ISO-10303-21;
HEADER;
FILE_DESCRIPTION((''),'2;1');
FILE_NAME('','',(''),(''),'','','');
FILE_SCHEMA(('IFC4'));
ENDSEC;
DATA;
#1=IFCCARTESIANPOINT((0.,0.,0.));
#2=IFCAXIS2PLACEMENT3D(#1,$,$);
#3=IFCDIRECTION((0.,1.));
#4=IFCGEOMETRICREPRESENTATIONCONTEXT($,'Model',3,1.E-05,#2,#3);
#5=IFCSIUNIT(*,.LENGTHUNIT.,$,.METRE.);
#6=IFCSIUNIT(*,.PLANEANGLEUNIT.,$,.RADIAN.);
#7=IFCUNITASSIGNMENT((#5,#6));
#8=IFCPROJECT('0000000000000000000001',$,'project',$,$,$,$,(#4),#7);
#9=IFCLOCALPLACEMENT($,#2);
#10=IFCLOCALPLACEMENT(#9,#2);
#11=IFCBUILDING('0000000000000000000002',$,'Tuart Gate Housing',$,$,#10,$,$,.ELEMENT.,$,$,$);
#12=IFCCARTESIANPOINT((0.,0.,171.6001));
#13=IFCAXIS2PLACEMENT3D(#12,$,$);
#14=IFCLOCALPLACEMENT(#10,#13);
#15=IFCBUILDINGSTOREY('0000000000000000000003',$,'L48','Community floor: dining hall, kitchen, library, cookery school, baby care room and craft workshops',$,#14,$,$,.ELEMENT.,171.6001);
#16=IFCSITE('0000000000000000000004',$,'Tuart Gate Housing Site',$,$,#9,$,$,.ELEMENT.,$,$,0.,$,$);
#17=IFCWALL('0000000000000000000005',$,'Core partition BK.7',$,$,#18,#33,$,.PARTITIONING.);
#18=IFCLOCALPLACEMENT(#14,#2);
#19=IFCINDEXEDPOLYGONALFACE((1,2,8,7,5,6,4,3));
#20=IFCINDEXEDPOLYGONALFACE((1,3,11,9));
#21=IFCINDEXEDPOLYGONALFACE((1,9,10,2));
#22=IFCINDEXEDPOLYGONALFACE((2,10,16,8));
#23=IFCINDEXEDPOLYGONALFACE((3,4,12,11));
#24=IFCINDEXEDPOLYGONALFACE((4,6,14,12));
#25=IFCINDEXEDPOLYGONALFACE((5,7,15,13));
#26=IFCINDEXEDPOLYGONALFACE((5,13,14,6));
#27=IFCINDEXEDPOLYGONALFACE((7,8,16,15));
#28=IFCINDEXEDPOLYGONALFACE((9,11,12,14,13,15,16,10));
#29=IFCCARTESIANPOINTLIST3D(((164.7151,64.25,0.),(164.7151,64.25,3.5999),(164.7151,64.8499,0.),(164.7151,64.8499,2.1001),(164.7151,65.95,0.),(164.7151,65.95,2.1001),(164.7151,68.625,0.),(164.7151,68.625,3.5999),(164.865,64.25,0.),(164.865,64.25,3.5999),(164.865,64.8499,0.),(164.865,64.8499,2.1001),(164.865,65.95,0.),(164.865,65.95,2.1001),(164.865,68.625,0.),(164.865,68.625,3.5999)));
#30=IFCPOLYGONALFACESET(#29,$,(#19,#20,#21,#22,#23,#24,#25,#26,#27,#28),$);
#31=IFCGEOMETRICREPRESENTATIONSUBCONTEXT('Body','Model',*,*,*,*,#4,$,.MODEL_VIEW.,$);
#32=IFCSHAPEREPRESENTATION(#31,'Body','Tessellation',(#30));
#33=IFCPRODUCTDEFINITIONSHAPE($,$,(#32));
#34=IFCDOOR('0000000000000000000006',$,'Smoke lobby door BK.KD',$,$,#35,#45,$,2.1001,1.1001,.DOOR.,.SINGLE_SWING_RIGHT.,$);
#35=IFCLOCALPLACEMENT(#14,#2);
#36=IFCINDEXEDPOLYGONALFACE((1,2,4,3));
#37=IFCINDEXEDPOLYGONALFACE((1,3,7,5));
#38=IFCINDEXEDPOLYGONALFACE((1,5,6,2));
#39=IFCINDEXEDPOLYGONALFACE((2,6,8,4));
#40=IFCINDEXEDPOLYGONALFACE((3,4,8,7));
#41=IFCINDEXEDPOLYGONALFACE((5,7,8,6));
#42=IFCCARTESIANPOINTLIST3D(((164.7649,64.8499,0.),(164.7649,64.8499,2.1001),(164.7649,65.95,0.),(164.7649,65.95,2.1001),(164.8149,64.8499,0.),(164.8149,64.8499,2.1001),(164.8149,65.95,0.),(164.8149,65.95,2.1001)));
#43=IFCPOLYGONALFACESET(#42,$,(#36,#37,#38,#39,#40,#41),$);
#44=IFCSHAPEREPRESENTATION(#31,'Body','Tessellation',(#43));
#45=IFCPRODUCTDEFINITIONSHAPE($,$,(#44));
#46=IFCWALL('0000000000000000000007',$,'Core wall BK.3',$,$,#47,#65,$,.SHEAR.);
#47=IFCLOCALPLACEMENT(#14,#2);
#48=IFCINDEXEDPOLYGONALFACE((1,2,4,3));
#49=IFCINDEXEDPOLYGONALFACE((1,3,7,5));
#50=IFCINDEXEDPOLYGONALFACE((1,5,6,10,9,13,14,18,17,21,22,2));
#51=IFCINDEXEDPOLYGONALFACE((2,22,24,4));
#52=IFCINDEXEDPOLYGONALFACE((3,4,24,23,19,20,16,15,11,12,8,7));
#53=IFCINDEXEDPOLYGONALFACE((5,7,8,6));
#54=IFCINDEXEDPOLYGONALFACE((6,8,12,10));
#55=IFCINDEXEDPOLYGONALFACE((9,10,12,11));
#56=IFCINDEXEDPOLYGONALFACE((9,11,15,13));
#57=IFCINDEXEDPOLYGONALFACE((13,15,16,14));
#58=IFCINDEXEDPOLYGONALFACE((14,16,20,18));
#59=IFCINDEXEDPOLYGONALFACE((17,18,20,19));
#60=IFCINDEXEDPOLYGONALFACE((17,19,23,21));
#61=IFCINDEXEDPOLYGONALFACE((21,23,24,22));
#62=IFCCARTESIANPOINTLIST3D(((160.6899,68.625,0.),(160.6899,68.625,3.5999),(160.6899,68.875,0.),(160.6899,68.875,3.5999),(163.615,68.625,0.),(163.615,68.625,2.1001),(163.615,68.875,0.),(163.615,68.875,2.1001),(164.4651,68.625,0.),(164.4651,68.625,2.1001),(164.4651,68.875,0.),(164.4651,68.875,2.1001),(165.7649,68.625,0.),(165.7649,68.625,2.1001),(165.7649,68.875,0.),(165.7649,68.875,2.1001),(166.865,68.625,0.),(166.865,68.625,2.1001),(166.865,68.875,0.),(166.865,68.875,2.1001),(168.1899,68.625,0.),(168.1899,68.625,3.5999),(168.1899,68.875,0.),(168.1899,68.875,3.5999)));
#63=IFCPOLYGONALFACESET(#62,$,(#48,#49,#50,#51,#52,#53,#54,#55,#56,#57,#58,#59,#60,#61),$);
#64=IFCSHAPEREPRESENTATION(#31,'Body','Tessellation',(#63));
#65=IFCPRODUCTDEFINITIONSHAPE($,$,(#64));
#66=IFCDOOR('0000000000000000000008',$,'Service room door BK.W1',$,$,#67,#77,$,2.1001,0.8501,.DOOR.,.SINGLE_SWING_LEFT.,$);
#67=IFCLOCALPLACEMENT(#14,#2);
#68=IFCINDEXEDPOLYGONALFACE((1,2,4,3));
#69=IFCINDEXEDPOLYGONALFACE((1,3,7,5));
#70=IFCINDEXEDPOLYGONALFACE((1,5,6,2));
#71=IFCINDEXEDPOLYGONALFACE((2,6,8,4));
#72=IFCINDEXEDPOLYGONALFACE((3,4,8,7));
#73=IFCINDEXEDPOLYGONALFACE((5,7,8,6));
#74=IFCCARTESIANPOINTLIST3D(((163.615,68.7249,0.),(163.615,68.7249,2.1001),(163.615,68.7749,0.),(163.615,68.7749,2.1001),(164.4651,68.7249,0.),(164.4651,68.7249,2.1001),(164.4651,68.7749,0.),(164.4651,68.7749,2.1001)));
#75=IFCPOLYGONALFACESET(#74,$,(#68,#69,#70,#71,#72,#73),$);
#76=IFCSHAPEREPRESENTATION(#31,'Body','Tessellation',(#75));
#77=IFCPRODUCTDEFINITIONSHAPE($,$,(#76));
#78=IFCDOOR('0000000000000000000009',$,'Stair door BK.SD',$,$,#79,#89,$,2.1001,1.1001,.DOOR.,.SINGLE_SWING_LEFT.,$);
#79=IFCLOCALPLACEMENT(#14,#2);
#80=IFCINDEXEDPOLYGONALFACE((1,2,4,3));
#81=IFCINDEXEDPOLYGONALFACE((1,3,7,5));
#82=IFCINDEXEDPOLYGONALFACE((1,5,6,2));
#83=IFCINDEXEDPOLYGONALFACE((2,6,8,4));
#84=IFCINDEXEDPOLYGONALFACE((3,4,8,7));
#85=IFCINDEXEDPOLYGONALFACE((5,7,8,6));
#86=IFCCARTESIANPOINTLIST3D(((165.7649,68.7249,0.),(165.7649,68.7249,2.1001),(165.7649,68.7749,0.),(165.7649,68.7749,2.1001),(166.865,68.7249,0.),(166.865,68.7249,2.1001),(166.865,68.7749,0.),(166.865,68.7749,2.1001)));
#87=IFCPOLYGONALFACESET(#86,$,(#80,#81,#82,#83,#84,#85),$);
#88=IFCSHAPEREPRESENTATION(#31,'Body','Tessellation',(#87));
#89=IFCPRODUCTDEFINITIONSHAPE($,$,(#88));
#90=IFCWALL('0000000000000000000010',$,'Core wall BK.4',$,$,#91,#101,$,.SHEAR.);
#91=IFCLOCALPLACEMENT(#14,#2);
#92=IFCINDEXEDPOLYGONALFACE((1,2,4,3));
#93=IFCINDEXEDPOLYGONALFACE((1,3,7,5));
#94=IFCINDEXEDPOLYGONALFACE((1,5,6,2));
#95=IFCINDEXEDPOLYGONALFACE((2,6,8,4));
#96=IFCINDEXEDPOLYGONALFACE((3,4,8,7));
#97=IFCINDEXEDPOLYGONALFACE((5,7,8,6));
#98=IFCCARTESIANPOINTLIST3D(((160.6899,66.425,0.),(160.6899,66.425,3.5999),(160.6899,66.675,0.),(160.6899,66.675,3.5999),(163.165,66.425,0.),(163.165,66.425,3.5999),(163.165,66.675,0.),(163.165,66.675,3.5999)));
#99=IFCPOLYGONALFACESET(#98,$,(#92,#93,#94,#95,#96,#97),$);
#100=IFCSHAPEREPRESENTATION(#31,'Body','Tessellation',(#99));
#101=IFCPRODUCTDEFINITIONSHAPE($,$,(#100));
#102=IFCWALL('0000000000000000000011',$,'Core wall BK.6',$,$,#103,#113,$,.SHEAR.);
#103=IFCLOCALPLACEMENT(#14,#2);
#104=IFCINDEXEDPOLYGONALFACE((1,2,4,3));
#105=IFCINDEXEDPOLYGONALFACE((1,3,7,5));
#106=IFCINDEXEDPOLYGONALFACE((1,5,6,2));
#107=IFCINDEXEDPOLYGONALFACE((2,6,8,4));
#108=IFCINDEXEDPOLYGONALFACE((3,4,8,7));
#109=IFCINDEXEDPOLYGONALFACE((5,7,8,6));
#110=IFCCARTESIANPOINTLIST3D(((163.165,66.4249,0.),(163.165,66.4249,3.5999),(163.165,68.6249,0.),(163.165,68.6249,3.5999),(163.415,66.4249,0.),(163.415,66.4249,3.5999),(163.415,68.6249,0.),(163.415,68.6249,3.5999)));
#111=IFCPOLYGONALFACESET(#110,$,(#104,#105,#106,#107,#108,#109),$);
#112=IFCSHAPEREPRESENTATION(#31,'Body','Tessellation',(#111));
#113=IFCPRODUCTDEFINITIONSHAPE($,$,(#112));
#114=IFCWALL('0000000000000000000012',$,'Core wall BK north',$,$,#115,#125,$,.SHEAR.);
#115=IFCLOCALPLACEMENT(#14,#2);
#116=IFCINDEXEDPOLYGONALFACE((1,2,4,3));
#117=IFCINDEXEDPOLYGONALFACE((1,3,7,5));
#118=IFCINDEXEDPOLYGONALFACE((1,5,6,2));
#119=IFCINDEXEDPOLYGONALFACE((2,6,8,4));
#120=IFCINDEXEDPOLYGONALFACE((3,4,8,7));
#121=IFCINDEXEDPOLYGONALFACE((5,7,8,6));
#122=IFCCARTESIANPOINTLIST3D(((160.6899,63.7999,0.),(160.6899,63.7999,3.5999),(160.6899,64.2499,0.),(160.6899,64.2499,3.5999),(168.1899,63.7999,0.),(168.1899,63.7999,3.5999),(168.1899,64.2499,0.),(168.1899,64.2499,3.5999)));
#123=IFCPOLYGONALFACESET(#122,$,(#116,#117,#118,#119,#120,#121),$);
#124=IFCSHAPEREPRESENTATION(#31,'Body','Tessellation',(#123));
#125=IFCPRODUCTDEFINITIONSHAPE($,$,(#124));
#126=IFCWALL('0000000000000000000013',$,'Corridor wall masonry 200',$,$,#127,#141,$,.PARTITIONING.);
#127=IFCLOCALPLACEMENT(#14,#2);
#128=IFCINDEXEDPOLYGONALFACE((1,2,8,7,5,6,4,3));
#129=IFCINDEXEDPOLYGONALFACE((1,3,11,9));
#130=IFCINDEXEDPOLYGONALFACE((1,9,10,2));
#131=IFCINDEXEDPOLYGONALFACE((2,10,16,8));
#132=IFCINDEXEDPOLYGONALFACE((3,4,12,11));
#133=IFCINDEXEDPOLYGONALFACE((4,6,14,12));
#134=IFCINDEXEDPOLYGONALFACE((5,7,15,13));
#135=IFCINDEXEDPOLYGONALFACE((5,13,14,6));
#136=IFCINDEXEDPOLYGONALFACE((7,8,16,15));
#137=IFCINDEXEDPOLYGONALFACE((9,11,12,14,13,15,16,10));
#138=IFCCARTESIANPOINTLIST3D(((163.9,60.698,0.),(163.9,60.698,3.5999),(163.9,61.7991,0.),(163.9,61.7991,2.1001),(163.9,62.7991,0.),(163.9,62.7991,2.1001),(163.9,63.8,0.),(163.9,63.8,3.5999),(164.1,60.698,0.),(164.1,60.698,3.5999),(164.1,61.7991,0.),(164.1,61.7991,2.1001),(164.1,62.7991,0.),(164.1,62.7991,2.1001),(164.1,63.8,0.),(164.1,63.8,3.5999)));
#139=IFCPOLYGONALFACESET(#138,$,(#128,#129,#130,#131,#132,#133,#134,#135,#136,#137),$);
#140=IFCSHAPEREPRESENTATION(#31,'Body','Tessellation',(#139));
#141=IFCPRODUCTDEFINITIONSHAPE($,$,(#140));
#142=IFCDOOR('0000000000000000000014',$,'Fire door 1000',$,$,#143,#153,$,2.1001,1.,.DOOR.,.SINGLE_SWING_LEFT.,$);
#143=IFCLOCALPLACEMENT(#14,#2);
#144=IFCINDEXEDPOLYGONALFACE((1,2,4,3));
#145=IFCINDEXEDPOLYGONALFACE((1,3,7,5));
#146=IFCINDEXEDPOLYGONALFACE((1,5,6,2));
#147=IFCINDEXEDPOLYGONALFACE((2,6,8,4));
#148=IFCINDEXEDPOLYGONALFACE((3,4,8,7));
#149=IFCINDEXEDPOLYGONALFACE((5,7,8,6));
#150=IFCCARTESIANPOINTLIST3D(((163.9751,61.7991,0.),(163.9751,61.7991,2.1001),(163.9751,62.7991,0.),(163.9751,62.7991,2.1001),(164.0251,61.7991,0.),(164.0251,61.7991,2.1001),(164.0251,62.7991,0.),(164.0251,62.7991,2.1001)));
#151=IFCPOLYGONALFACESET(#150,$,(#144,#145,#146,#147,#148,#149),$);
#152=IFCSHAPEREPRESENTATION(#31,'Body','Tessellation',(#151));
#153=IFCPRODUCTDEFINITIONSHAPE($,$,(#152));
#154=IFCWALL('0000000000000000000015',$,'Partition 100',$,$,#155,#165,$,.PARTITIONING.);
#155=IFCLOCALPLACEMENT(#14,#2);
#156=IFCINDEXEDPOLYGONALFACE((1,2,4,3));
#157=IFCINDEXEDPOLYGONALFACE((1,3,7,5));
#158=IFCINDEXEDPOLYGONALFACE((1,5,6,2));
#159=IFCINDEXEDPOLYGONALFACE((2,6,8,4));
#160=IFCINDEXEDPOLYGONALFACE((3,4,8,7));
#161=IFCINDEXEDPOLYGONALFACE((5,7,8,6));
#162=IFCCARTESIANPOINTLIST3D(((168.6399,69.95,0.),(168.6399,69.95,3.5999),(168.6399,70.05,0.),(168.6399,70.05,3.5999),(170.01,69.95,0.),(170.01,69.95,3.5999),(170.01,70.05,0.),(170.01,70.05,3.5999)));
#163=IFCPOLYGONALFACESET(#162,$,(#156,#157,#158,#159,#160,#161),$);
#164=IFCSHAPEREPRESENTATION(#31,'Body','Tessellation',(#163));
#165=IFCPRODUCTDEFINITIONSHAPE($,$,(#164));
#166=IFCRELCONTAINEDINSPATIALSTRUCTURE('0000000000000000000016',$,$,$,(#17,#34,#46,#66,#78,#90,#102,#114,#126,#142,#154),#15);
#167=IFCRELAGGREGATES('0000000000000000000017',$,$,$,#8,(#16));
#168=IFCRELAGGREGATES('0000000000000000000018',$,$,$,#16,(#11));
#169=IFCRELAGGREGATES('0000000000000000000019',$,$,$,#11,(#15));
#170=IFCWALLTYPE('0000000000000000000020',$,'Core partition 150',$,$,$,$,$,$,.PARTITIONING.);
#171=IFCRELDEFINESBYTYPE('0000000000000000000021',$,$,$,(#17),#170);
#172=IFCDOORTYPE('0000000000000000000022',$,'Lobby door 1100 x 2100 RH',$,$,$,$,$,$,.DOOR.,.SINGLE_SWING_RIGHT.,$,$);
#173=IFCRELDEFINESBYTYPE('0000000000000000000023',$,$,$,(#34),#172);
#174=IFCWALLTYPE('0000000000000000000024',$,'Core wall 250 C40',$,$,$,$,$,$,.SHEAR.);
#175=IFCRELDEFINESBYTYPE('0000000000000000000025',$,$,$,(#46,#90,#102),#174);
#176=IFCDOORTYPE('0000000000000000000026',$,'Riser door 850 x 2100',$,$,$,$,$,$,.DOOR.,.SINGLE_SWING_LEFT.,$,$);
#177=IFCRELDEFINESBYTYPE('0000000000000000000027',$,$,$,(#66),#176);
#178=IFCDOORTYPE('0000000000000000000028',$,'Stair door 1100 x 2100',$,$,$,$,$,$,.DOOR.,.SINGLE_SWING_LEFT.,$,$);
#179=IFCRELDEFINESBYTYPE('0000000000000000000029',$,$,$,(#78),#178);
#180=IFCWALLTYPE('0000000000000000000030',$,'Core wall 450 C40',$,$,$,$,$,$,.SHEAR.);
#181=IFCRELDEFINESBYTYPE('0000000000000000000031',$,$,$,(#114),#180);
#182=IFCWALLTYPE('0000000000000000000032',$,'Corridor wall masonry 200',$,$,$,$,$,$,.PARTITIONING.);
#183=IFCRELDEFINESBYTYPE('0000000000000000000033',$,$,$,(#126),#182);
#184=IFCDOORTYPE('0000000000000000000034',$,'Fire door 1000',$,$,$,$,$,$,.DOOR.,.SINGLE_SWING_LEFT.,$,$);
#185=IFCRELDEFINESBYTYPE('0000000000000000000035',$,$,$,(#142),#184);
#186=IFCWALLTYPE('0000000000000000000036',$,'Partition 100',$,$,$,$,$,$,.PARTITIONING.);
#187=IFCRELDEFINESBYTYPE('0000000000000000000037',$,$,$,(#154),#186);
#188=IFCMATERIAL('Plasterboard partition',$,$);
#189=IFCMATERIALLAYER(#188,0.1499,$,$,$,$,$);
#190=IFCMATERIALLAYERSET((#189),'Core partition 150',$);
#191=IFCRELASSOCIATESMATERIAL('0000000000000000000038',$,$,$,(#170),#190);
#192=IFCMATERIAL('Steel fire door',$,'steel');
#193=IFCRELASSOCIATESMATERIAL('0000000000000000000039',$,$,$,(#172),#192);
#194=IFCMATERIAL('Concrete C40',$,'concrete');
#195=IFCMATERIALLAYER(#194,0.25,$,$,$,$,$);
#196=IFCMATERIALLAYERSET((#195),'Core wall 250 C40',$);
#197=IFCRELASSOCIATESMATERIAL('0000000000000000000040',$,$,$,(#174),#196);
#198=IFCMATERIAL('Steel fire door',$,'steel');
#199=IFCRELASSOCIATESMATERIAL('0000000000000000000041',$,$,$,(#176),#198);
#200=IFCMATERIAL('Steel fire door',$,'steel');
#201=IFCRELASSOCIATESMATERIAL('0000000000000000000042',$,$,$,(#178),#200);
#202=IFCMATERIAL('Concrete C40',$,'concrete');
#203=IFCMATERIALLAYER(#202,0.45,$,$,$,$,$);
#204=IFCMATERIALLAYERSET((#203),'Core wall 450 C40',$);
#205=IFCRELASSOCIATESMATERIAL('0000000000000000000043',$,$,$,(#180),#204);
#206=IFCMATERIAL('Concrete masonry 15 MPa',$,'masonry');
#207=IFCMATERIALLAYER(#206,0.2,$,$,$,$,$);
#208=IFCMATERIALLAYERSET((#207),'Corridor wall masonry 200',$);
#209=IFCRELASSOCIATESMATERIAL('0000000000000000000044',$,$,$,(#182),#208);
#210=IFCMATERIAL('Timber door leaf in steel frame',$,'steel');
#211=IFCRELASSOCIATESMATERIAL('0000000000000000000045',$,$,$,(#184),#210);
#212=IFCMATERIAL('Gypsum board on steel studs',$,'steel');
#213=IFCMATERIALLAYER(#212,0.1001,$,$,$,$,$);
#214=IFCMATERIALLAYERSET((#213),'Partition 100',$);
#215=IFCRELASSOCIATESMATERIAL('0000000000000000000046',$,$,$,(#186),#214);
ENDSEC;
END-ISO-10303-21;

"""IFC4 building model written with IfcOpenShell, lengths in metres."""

from ifc_helpers import new_model, si_unit, direction, frame, frame_2d, origin, place, context, subcontext, project, spatial, rectangle, extrude, material, layer, layer_set, type_object, element, fill, save


model = new_model("IFC4")

# Units and contexts
model_context = context("Model", 3, precision=1e-05, world=origin(), true_north=direction((0.0, 1.0)))
body_context = subcontext(model_context, "Body", "Model", "MODEL_VIEW")
ifc_project = project(units=[si_unit("LENGTHUNIT", "METRE"), si_unit("PLANEANGLEUNIT", "RADIAN")], contexts=[model_context])

# Site, building, storey
site_placement = place(None, origin())
site = spatial("IfcSite", under=ifc_project, at=site_placement, Name="Tuart Gate Housing Site", CompositionType="ELEMENT", RefElevation=0.0)
building_placement = place(site_placement, origin())
building = spatial("IfcBuilding", under=site, at=building_placement, Name="Tuart Gate Housing", CompositionType="ELEMENT")
storey_placement = place(building_placement, frame((0.0, 0.0, 171.6001)))
storey = spatial("IfcBuildingStorey", under=building, at=storey_placement, Name="L48", Description="Community floor: dining hall, kitchen, library, cookery school, baby care room and craft workshops", CompositionType="ELEMENT", Elevation=171.6001)

# Wall, opening, door
ifc_material_1 = material(Name="Plasterboard partition")
ifc_layer_1 = layer(ifc_material_1, 0.1499)
ifc_layer_set_1 = layer_set([ifc_layer_1], Name="Core partition 150")
wall_type_1 = type_object("IfcWallType", Name="Core partition 150", PredefinedType="PARTITIONING", material=ifc_layer_set_1)
wall_1_placement = place(storey_placement, frame((164.79, 68.625, 0.0), z_axis=(0.0, 0.0, 1.0), x_axis=(0.0, -1.0, 0.0)))
wall_1 = element("IfcWall", 1, at=wall_1_placement, inside=storey, type_object=wall_type_1, Name="Core partition BK.7", PredefinedType="PARTITIONING", context=body_context, shape_type="SweptSolid", body=[
    extrude(rectangle(XDim=4.375, YDim=0.1499, at=frame_2d((2.1875, 0.0))), origin(), (0.0, 0.0, 1.0), 3.5999),
])
opening_1_placement = place(wall_1_placement, frame((2.675, 0.0, 0.0)))
opening_1 = element("IfcOpeningElement", 2, at=opening_1_placement, cuts=wall_1, PredefinedType="OPENING", context=body_context, shape_type="SweptSolid", body=[
    extrude(rectangle(XDim=1.1001, YDim=2.1001, at=frame_2d((0.55, 1.05))), frame((0.0, 0.085, 0.0), z_axis=(0.0, -1.0, 0.0), x_axis=(1.0, 0.0, 0.0)), (0.0, 0.0, 1.0), 0.1699),
])
ifc_material_2 = material(Name="Steel fire door", Category="steel")
door_type_1 = type_object("IfcDoorType", Name="Lobby door 1100 x 2100 RH", OperationType="SINGLE_SWING_RIGHT", PredefinedType="DOOR", material=ifc_material_2)
door_1_placement = place(opening_1_placement, origin())
door_1 = element("IfcDoor", 3, at=door_1_placement, inside=storey, type_object=door_type_1, Name="Smoke lobby door BK.KD", OperationType="SINGLE_SWING_RIGHT", OverallHeight=2.1001, OverallWidth=1.1001, PredefinedType="DOOR", context=body_context, shape_type="SweptSolid", body=[
    extrude(rectangle(XDim=1.1001, YDim=2.1001, at=frame_2d((0.55, 1.05))), frame((0.0, 0.0249, 0.0), z_axis=(0.0, -1.0, 0.0), x_axis=(1.0, 0.0, 0.0)), (0.0, 0.0, 1.0), 0.05),
])
fill(opening_1, door_1)

# Wall, openings, doors
ifc_material_3 = material(Name="Concrete C40", Category="concrete")
ifc_layer_2 = layer(ifc_material_3, 0.25)
ifc_layer_set_2 = layer_set([ifc_layer_2], Name="Core wall 250 C40")
wall_type_2 = type_object("IfcWallType", Name="Core wall 250 C40", PredefinedType="SHEAR", material=ifc_layer_set_2)
wall_2_placement = place(storey_placement, frame((160.6899, 68.75, 0.0), z_axis=(0.0, 0.0, 1.0), x_axis=(1.0, 0.0, 0.0)))
wall_2 = element("IfcWall", 4, at=wall_2_placement, inside=storey, type_object=wall_type_2, Name="Core wall BK.3", PredefinedType="SHEAR", context=body_context, shape_type="SweptSolid", body=[
    extrude(rectangle(XDim=7.5, YDim=0.25, at=frame_2d((3.75, 0.0))), origin(), (0.0, 0.0, 1.0), 3.5999),
])
opening_2_placement = place(wall_2_placement, frame((5.075, 0.0, 0.0)))
opening_2 = element("IfcOpeningElement", 5, at=opening_2_placement, cuts=wall_2, PredefinedType="OPENING", context=body_context, shape_type="SweptSolid", body=[
    extrude(rectangle(XDim=1.1001, YDim=2.1001, at=frame_2d((0.55, 1.05))), frame((0.0, 0.135, 0.0), z_axis=(0.0, -1.0, 0.0), x_axis=(1.0, 0.0, 0.0)), (0.0, 0.0, 1.0), 0.27),
])
opening_3_placement = place(wall_2_placement, frame((2.925, 0.0, 0.0)))
opening_3 = element("IfcOpeningElement", 6, at=opening_3_placement, cuts=wall_2, PredefinedType="OPENING", context=body_context, shape_type="SweptSolid", body=[
    extrude(rectangle(XDim=0.8501, YDim=2.1001, at=frame_2d((0.425, 1.05))), frame((0.0, 0.135, 0.0), z_axis=(0.0, -1.0, 0.0), x_axis=(1.0, 0.0, 0.0)), (0.0, 0.0, 1.0), 0.27),
])
ifc_material_4 = material(Name="Steel fire door", Category="steel")
door_type_2 = type_object("IfcDoorType", Name="Riser door 850 x 2100", OperationType="SINGLE_SWING_LEFT", PredefinedType="DOOR", material=ifc_material_4)
door_2_placement = place(opening_3_placement, origin())
door_2 = element("IfcDoor", 7, at=door_2_placement, inside=storey, type_object=door_type_2, Name="Service room door BK.W1", OperationType="SINGLE_SWING_LEFT", OverallHeight=2.1001, OverallWidth=0.8501, PredefinedType="DOOR", context=body_context, shape_type="SweptSolid", body=[
    extrude(rectangle(XDim=0.8501, YDim=2.1001, at=frame_2d((0.425, 1.05))), frame((0.0, 0.0249, 0.0), z_axis=(0.0, -1.0, 0.0), x_axis=(1.0, 0.0, 0.0)), (0.0, 0.0, 1.0), 0.05),
])
fill(opening_3, door_2)
ifc_material_5 = material(Name="Steel fire door", Category="steel")
door_type_3 = type_object("IfcDoorType", Name="Stair door 1100 x 2100", OperationType="SINGLE_SWING_LEFT", PredefinedType="DOOR", material=ifc_material_5)
door_3_placement = place(opening_2_placement, origin())
door_3 = element("IfcDoor", 8, at=door_3_placement, inside=storey, type_object=door_type_3, Name="Stair door BK.SD", OperationType="SINGLE_SWING_LEFT", OverallHeight=2.1001, OverallWidth=1.1001, PredefinedType="DOOR", context=body_context, shape_type="SweptSolid", body=[
    extrude(rectangle(XDim=1.1001, YDim=2.1001, at=frame_2d((0.55, 1.05))), frame((0.0, 0.0249, 0.0), z_axis=(0.0, -1.0, 0.0), x_axis=(1.0, 0.0, 0.0)), (0.0, 0.0, 1.0), 0.05),
])
fill(opening_2, door_3)

# Walls
wall_3_placement = place(storey_placement, frame((160.6899, 66.55, 0.0), z_axis=(0.0, 0.0, 1.0), x_axis=(1.0, 0.0, 0.0)))
element("IfcWall", 9, at=wall_3_placement, inside=storey, type_object=wall_type_2, Name="Core wall BK.4", PredefinedType="SHEAR", context=body_context, shape_type="SweptSolid", body=[
    extrude(rectangle(XDim=2.4751, YDim=0.25, at=frame_2d((1.2375, 0.0))), origin(), (0.0, 0.0, 1.0), 3.5999),
])
wall_4_placement = place(storey_placement, frame((163.29, 68.625, 0.0), z_axis=(0.0, 0.0, 1.0), x_axis=(0.0, -1.0, 0.0)))
element("IfcWall", 10, at=wall_4_placement, inside=storey, type_object=wall_type_2, Name="Core wall BK.6", PredefinedType="SHEAR", context=body_context, shape_type="SweptSolid", body=[
    extrude(rectangle(XDim=2.2, YDim=0.25, at=frame_2d((1.1001, 0.0))), origin(), (0.0, 0.0, 1.0), 3.5999),
])
ifc_material_6 = material(Name="Concrete C40", Category="concrete")
ifc_layer_3 = layer(ifc_material_6, 0.45)
ifc_layer_set_3 = layer_set([ifc_layer_3], Name="Core wall 450 C40")
wall_type_3 = type_object("IfcWallType", Name="Core wall 450 C40", PredefinedType="SHEAR", material=ifc_layer_set_3)
wall_5_placement = place(storey_placement, frame((160.6899, 64.0249, 0.0), z_axis=(0.0, 0.0, 1.0), x_axis=(1.0, 0.0, 0.0)))
element("IfcWall", 11, at=wall_5_placement, inside=storey, type_object=wall_type_3, Name="Core wall BK north", PredefinedType="SHEAR", context=body_context, shape_type="SweptSolid", body=[
    extrude(rectangle(XDim=7.5, YDim=0.45, at=frame_2d((3.75, 0.0))), origin(), (0.0, 0.0, 1.0), 3.5999),
])

# Wall, opening, door
ifc_material_7 = material(Name="Concrete masonry 15 MPa", Category="masonry")
ifc_layer_4 = layer(ifc_material_7, 0.2)
ifc_layer_set_4 = layer_set([ifc_layer_4], Name="Corridor wall masonry 200")
wall_type_4 = type_object("IfcWallType", Name="Corridor wall masonry 200", PredefinedType="PARTITIONING", material=ifc_layer_set_4)
wall_6_placement = place(storey_placement, frame((164.0, 60.698, 0.0), z_axis=(0.0, 0.0, 1.0), x_axis=(0.0, 1.0, 0.0)))
wall_6 = element("IfcWall", 12, at=wall_6_placement, inside=storey, type_object=wall_type_4, Name="Corridor wall masonry 200", PredefinedType="PARTITIONING", context=body_context, shape_type="SweptSolid", body=[
    extrude(rectangle(XDim=3.1021, YDim=0.2, at=frame_2d((1.551, 0.0))), origin(), (0.0, 0.0, 1.0), 3.5999),
])
opening_4_placement = place(wall_6_placement, frame((1.1011, 0.0, 0.0)))
opening_4 = element("IfcOpeningElement", 13, at=opening_4_placement, cuts=wall_6, PredefinedType="OPENING", context=body_context, shape_type="SweptSolid", body=[
    extrude(rectangle(XDim=1.0, YDim=2.1001, at=frame_2d((0.5, 1.05))), frame((0.0, 0.1099, 0.0), z_axis=(0.0, -1.0, 0.0), x_axis=(1.0, 0.0, 0.0)), (0.0, 0.0, 1.0), 0.22),
])
ifc_material_8 = material(Name="Timber door leaf in steel frame", Category="steel")
door_type_4 = type_object("IfcDoorType", Name="Fire door 1000", OperationType="SINGLE_SWING_LEFT", PredefinedType="DOOR", material=ifc_material_8)
door_4_placement = place(opening_4_placement, frame((1.0, 0.0, 0.0), z_axis=(0.0, 0.0, 1.0), x_axis=(-1.0, 0.0, 0.0)))
door_4 = element("IfcDoor", 14, at=door_4_placement, inside=storey, type_object=door_type_4, Name="Fire door 1000", OperationType="SINGLE_SWING_LEFT", OverallHeight=2.1001, OverallWidth=1.0, PredefinedType="DOOR", context=body_context, shape_type="SweptSolid", body=[
    extrude(rectangle(XDim=1.0, YDim=2.1001, at=frame_2d((0.5, 1.05))), frame((0.0, 0.0251, 0.0), z_axis=(0.0, -1.0, 0.0), x_axis=(1.0, 0.0, 0.0)), (0.0, 0.0, 1.0), 0.05),
])
fill(opening_4, door_4)

# Wall
ifc_material_9 = material(Name="Gypsum board on steel studs", Category="steel")
ifc_layer_5 = layer(ifc_material_9, 0.1001)
ifc_layer_set_5 = layer_set([ifc_layer_5], Name="Partition 100")
wall_type_5 = type_object("IfcWallType", Name="Partition 100", PredefinedType="PARTITIONING", material=ifc_layer_set_5)
wall_7_placement = place(storey_placement, frame((168.6399, 70.0, 0.0), z_axis=(0.0, 0.0, 1.0), x_axis=(1.0, 0.0, 0.0)))
element("IfcWall", 15, at=wall_7_placement, inside=storey, type_object=wall_type_5, Name="Partition 100", PredefinedType="PARTITIONING", context=body_context, shape_type="SweptSolid", body=[
    extrude(rectangle(XDim=1.3701, YDim=0.1001, at=frame_2d((0.6851, 0.0))), origin(), (0.0, 0.0, 1.0), 3.5999),
])

save(model, "model.ifc")
